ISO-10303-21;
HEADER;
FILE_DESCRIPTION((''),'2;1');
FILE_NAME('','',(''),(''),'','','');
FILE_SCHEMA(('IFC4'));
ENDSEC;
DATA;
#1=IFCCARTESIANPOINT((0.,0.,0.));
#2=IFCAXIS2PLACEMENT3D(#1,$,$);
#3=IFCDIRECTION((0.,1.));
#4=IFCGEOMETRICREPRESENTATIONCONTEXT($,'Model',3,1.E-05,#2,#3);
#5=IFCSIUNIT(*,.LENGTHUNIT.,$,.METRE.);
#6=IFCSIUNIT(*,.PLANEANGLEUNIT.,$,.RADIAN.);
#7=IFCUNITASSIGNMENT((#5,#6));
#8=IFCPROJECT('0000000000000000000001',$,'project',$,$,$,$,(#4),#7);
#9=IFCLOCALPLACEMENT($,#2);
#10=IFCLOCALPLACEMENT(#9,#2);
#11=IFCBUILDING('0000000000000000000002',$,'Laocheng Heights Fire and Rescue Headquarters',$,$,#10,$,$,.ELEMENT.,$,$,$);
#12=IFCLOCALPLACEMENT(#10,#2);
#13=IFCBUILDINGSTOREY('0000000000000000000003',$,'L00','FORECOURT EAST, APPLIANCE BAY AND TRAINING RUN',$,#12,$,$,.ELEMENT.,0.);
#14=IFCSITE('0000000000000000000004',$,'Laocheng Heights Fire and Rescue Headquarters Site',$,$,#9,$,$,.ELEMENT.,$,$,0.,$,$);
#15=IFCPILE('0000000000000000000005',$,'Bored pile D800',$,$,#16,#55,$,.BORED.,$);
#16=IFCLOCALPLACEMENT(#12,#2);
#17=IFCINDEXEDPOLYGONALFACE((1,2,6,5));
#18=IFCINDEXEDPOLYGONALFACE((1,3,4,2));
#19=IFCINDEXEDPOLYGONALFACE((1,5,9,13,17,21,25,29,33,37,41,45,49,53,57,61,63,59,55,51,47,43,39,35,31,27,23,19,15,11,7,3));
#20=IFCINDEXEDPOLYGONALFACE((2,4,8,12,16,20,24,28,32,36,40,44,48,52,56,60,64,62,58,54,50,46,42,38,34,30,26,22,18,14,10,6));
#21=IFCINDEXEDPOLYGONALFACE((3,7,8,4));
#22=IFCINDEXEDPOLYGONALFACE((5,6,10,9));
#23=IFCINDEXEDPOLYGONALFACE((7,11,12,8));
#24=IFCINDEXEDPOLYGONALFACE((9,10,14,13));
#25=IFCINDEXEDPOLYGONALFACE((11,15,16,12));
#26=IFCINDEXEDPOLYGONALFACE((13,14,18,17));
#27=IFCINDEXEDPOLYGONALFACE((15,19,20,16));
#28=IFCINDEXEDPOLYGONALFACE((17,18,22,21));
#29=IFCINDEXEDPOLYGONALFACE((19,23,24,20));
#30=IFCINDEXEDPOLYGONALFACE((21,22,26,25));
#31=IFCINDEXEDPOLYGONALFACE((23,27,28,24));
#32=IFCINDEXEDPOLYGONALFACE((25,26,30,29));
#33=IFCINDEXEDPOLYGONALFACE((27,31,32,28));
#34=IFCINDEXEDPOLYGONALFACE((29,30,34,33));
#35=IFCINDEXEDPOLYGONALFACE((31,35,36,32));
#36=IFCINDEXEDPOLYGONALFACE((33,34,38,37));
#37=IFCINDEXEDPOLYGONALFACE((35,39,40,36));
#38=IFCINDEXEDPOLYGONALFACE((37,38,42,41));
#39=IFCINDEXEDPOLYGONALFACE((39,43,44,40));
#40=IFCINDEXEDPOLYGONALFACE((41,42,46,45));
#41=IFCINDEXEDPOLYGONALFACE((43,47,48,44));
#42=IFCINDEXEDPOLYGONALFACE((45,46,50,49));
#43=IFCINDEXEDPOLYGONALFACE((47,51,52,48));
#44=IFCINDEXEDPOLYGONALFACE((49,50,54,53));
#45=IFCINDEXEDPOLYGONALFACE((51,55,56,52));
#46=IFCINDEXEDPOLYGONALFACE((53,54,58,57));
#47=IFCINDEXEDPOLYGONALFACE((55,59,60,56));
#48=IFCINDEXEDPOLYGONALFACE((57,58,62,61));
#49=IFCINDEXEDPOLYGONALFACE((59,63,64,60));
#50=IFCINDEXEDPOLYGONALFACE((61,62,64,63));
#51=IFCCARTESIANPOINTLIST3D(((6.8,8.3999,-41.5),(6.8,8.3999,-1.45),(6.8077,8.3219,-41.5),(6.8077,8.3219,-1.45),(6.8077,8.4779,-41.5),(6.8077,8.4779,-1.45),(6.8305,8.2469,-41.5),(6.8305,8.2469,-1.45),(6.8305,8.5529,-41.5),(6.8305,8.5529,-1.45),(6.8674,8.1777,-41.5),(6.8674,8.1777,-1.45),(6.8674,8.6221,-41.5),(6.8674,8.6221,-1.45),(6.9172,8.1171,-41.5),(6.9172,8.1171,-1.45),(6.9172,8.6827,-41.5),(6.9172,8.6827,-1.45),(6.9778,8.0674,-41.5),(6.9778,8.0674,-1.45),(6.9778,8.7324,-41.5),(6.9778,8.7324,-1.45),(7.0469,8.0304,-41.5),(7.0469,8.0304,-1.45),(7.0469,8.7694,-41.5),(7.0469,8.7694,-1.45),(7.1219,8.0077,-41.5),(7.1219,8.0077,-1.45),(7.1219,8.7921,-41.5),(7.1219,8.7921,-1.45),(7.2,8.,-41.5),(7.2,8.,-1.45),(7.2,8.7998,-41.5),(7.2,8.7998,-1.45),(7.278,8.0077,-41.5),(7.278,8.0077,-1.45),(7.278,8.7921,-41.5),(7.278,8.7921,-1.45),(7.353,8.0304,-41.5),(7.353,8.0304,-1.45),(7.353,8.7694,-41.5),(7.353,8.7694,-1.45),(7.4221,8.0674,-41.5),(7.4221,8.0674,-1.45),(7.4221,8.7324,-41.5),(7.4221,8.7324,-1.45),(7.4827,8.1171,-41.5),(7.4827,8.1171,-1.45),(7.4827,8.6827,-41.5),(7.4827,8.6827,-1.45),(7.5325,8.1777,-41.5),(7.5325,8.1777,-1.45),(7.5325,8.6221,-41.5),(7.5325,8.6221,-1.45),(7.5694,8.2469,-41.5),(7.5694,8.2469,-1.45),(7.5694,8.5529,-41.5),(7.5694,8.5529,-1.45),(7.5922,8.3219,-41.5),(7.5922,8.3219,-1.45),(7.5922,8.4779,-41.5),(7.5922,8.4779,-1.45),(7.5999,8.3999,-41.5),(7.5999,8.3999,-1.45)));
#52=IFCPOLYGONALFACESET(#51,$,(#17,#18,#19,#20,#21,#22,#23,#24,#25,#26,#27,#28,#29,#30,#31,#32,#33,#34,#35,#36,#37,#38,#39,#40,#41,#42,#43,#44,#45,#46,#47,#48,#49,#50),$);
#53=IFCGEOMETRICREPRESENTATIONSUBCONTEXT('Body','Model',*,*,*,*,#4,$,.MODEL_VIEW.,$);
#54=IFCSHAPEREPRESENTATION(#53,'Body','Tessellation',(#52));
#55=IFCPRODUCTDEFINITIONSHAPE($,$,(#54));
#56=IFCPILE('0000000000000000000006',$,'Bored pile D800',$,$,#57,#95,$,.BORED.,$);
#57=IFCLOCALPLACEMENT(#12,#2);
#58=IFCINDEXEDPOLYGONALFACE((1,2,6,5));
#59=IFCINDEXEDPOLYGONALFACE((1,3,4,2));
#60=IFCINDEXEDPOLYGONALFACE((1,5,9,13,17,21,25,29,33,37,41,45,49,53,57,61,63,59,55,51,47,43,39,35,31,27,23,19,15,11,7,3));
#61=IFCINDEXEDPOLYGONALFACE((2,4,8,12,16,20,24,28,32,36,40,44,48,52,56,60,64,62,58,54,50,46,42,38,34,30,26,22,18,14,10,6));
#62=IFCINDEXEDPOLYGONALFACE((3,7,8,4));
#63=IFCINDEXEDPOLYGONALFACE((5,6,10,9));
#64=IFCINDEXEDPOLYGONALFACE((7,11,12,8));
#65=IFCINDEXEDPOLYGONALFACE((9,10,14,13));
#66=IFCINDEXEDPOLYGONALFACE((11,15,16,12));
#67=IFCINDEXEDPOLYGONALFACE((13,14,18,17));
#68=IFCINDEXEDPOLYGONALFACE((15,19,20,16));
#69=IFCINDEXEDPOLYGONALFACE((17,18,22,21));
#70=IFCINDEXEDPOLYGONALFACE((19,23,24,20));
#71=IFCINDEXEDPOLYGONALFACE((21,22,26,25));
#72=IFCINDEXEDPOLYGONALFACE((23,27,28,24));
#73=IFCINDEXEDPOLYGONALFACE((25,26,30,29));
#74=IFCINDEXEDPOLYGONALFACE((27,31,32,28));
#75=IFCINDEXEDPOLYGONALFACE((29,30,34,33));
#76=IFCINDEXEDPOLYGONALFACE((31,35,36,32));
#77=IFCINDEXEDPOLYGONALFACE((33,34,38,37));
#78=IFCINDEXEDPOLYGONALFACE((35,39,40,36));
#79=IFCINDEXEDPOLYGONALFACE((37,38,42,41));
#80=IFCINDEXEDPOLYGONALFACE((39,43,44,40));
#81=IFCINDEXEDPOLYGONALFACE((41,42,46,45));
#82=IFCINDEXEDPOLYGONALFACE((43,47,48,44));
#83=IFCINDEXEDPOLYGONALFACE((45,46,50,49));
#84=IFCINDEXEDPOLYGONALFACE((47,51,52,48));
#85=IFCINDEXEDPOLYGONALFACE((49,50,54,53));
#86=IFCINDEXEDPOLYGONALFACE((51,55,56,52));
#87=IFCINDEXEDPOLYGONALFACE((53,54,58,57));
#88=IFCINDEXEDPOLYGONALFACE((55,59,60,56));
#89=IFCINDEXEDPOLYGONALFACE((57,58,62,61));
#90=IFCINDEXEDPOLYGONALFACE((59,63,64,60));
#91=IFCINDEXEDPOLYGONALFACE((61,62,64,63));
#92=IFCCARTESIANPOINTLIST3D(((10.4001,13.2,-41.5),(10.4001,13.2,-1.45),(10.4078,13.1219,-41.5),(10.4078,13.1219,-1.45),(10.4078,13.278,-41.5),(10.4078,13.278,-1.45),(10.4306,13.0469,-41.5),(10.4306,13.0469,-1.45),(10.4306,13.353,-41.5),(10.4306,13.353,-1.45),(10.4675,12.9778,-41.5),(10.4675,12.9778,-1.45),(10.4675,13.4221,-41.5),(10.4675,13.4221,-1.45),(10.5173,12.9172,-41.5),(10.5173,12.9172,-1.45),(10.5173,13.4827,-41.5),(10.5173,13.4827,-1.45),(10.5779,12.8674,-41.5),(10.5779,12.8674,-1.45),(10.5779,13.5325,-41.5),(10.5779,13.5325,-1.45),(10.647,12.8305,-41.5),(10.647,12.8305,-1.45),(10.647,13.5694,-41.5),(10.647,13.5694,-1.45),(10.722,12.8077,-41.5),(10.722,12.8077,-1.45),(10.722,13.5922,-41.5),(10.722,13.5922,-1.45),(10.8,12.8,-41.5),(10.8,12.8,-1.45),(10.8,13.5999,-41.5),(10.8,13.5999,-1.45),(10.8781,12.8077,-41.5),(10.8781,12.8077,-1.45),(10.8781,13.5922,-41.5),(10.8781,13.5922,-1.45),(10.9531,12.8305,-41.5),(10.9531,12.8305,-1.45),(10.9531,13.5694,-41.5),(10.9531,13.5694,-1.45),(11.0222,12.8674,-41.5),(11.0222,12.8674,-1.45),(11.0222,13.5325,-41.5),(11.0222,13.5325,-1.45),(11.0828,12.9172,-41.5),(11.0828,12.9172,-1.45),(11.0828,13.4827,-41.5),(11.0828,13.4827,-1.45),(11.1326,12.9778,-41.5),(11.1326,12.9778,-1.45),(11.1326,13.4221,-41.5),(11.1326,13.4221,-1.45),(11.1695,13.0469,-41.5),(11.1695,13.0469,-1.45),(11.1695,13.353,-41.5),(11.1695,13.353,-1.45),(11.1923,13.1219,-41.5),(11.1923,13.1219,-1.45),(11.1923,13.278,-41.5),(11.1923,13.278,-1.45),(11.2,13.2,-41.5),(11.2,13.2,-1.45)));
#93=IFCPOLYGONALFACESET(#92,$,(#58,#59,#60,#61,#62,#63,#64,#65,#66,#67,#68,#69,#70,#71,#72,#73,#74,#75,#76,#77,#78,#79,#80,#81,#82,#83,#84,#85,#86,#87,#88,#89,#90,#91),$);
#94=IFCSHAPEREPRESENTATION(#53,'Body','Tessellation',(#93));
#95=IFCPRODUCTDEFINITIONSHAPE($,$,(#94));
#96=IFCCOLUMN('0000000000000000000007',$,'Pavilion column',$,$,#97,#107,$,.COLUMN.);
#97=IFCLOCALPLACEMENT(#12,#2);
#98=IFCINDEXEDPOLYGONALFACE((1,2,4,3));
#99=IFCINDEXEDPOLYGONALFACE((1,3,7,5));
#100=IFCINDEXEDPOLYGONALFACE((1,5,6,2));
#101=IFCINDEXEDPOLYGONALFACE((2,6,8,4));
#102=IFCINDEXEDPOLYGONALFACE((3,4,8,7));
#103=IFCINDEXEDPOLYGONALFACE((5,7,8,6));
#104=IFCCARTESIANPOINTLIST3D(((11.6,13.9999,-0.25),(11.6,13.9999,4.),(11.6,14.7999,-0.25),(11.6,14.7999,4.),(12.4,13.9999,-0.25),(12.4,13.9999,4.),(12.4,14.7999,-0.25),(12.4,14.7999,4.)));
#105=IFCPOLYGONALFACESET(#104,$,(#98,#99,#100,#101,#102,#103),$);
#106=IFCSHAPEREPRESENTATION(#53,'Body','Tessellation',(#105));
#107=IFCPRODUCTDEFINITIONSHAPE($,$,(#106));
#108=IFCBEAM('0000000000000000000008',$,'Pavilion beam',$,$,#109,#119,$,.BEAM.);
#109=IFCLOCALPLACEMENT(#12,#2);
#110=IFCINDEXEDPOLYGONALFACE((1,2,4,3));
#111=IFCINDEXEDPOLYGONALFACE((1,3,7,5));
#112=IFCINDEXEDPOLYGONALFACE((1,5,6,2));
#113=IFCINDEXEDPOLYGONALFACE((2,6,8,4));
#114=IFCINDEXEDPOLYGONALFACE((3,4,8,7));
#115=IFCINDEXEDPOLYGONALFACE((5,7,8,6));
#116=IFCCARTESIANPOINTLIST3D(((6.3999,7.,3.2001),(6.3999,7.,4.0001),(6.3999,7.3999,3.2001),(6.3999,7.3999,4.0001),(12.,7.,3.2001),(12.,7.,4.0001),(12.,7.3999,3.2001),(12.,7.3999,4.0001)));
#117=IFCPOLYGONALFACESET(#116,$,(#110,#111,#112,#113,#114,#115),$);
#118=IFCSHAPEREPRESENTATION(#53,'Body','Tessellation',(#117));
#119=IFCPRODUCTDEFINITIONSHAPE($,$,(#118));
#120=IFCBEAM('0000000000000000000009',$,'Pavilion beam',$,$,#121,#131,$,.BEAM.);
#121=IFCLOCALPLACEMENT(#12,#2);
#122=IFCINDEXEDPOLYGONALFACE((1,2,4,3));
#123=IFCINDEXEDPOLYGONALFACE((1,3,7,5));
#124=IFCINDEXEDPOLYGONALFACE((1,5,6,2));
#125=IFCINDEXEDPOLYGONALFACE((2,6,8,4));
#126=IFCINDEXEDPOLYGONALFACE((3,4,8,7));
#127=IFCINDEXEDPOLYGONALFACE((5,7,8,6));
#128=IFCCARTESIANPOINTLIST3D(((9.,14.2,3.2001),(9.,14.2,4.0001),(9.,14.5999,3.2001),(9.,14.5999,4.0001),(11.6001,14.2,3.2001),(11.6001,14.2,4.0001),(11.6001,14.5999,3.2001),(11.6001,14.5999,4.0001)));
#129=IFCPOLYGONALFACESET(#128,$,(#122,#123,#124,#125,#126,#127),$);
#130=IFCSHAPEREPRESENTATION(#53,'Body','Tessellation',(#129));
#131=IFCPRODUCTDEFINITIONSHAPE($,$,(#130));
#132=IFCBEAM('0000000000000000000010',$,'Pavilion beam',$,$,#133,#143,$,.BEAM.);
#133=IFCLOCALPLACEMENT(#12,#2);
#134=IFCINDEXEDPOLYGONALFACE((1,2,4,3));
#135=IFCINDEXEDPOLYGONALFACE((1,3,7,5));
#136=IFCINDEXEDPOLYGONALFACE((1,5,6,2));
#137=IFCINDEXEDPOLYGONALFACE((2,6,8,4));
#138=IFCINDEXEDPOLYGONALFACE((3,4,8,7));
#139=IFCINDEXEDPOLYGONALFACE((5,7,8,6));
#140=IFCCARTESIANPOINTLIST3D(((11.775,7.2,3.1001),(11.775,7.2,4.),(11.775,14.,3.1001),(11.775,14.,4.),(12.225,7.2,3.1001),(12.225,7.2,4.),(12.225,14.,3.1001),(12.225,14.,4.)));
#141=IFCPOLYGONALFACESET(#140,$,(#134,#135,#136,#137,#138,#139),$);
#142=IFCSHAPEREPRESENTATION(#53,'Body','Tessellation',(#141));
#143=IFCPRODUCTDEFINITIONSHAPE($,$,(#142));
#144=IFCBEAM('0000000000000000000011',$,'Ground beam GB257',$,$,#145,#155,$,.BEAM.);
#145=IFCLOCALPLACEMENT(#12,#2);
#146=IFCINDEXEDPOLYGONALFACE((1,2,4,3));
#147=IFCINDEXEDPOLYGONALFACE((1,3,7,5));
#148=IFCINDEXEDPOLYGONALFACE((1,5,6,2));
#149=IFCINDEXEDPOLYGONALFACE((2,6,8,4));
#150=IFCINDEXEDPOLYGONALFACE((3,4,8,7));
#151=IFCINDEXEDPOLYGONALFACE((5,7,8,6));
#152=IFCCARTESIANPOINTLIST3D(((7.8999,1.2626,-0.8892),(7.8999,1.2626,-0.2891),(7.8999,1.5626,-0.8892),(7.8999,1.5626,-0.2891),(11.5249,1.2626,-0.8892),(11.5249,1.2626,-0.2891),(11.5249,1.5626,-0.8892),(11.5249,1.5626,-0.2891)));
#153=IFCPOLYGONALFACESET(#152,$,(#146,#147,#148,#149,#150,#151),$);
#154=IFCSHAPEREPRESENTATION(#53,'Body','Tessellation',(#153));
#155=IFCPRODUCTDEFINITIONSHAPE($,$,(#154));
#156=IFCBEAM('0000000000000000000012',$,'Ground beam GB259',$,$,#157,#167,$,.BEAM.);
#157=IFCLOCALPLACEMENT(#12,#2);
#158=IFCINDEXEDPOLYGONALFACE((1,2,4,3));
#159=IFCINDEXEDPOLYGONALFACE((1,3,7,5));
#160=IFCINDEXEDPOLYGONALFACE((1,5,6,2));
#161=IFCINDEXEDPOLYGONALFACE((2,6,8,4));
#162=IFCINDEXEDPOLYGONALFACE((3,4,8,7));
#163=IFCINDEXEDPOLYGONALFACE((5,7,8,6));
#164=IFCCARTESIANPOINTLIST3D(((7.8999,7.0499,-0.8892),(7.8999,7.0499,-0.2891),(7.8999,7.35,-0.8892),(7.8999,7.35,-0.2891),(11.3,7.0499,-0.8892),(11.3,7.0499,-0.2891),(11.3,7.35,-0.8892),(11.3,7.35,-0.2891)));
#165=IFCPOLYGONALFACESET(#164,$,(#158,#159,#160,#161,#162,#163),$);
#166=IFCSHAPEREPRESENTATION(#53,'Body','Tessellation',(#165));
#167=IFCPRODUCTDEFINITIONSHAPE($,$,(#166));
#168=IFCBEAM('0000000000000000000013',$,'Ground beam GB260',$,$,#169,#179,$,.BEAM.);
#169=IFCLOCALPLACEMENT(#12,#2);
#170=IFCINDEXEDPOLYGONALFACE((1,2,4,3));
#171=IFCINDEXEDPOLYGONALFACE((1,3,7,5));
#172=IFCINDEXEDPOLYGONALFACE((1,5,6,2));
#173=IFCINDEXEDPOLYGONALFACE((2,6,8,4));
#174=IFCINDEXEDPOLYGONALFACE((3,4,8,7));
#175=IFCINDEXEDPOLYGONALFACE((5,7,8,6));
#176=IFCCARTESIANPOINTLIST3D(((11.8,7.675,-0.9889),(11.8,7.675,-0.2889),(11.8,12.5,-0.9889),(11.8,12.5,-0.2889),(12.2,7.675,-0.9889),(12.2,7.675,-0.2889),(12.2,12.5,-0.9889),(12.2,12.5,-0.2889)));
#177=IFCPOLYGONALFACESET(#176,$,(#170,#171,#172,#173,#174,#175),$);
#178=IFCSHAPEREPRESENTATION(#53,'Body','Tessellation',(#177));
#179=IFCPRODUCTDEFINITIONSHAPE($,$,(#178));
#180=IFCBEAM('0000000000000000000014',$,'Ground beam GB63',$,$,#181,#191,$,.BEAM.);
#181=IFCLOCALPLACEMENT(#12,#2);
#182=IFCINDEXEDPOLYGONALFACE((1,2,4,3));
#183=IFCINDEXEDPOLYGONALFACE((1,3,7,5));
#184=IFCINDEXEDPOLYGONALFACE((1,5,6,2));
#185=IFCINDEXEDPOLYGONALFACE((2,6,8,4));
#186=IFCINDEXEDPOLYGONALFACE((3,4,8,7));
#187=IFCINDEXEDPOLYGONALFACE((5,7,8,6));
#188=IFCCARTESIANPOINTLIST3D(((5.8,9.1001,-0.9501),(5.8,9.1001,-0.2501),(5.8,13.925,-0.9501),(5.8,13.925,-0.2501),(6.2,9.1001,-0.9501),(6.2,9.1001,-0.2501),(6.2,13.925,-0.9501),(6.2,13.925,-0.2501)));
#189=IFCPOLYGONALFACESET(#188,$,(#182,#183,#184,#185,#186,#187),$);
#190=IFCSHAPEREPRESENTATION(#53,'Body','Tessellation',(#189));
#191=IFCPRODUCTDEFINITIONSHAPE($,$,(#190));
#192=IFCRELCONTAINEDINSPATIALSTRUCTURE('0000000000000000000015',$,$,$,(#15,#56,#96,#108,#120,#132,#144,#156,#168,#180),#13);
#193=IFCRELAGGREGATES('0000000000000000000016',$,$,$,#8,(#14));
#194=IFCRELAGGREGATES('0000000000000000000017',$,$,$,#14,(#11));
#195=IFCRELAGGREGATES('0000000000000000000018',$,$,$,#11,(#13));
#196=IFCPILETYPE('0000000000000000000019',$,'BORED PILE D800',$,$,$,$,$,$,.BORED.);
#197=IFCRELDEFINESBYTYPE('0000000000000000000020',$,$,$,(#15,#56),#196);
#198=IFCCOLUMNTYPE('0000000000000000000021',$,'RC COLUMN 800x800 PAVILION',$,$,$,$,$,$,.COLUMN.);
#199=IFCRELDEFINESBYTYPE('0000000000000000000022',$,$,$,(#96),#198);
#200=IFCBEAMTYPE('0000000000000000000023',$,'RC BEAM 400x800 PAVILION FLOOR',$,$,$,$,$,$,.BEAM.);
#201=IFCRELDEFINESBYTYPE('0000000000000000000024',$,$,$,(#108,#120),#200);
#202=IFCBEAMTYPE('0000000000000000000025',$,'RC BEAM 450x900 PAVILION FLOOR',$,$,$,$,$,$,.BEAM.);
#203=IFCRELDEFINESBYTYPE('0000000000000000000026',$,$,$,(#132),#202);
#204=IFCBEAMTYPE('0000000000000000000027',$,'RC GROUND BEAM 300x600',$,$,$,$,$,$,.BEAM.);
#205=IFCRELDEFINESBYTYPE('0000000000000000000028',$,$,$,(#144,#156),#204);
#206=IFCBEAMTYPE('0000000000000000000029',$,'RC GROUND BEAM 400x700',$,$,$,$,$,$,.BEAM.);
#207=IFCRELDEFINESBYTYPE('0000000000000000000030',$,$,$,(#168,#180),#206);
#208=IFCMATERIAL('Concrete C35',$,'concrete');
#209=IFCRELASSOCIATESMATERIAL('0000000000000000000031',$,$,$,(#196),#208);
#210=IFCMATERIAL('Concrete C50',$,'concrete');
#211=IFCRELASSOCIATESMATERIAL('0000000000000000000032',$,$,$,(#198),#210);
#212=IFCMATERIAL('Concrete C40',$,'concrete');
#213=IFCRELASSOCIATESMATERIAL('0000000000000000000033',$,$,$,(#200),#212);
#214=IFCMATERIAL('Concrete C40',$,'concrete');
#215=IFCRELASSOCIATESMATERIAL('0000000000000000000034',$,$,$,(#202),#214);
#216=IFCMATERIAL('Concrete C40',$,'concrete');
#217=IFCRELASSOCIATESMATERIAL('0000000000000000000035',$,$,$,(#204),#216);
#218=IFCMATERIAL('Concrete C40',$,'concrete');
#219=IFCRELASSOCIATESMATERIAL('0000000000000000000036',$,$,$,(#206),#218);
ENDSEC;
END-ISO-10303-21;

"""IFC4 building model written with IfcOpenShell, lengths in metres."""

from ifc_helpers import new_model, si_unit, direction, frame, origin, origin_2d, place, context, subcontext, project, spatial, rectangle, circle, extrude, material, material_profile, profile_set, type_object, element, save


model = new_model("IFC4")

# Units and contexts
model_context = context("Model", 3, precision=1e-05, world=origin(), true_north=direction((0.0, 1.0)))
body_context = subcontext(model_context, "Body", "Model", "MODEL_VIEW")
ifc_project = project(units=[si_unit("LENGTHUNIT", "METRE"), si_unit("PLANEANGLEUNIT", "RADIAN")], contexts=[model_context])

# Site, building, storey
site_placement = place(None, origin())
site = spatial("IfcSite", under=ifc_project, at=site_placement, Name="Laocheng Heights Fire and Rescue Headquarters Site", CompositionType="ELEMENT", RefElevation=0.0)
building_placement = place(site_placement, origin())
building = spatial("IfcBuilding", under=site, at=building_placement, Name="Laocheng Heights Fire and Rescue Headquarters", CompositionType="ELEMENT")
storey_placement = place(building_placement, origin())
storey = spatial("IfcBuildingStorey", under=building, at=storey_placement, Name="L00", Description="FORECOURT EAST, APPLIANCE BAY AND TRAINING RUN", CompositionType="ELEMENT", Elevation=0.0)

# Piles
ifc_material_1 = material(Name="Concrete C35", Category="concrete")
ifc_material_profile_1 = material_profile(ifc_material_1, circle(Radius=0.3999, at=origin_2d()), Name="BORED PILE D800")
ifc_profile_set_1 = profile_set([ifc_material_profile_1], Name="Concrete C35")
pile_type = type_object("IfcPileType", Name="BORED PILE D800", PredefinedType="BORED", material=ifc_profile_set_1)
for number, where, z_axis, x_axis, name in (
    (1, (7.2, 8.3999, -1.45), (0.0, 0.0, -1.0), (1.0, 0.0, 0.0), "Bored pile D800"),
    (2, (10.8, 13.2, -1.45), (0.0, 0.0, -1.0), (1.0, 0.0, 0.0), "Bored pile D800"),
):
    element("IfcPile", number, at=place(storey_placement, frame(where, z_axis=z_axis, x_axis=x_axis)), inside=storey, type_object=pile_type, Name=name, PredefinedType="BORED", context=body_context, shape_type="SweptSolid", body=[
        extrude(circle(Radius=0.3999, at=origin_2d()), origin(), (0.0, 0.0, 1.0), 40.05),
    ])

# Column
ifc_material_2 = material(Name="Concrete C50", Category="concrete")
ifc_material_profile_2 = material_profile(ifc_material_2, rectangle(XDim=0.8, YDim=0.8, at=origin_2d()), Name="RC COLUMN 800x800 PAVILION")
ifc_profile_set_2 = profile_set([ifc_material_profile_2], Name="Concrete C50")
column_type = type_object("IfcColumnType", Name="RC COLUMN 800x800 PAVILION", PredefinedType="COLUMN", material=ifc_profile_set_2)
column_placement = place(storey_placement, frame((12.0, 14.3999, -0.25), z_axis=(0.0, 0.0, 1.0), x_axis=(1.0, 0.0, 0.0)))
element("IfcColumn", 3, at=column_placement, inside=storey, type_object=column_type, Name="Pavilion column", PredefinedType="COLUMN", context=body_context, shape_type="SweptSolid", body=[
    extrude(rectangle(XDim=0.8, YDim=0.8, at=origin_2d()), origin(), (0.0, 0.0, 1.0), 4.25),
])

# Beams
ifc_material_3 = material(Name="Concrete C40", Category="concrete")
ifc_material_profile_3 = material_profile(ifc_material_3, rectangle(XDim=0.3999, YDim=0.8, at=origin_2d()), Name="RC BEAM 400x800 PAVILION FLOOR")
ifc_profile_set_3 = profile_set([ifc_material_profile_3], Name="Concrete C40")
beam_type_1 = type_object("IfcBeamType", Name="RC BEAM 400x800 PAVILION FLOOR", PredefinedType="BEAM", material=ifc_profile_set_3)
beam_1_placement = place(storey_placement, frame((6.3999, 7.2, 3.6001), z_axis=(1.0, 0.0, 0.0), x_axis=(0.0, 1.0, 0.0)))
element("IfcBeam", 4, at=beam_1_placement, inside=storey, type_object=beam_type_1, Name="Pavilion beam", PredefinedType="BEAM", context=body_context, shape_type="SweptSolid", body=[
    extrude(rectangle(XDim=0.3999, YDim=0.8, at=origin_2d()), origin(), (0.0, 0.0, 1.0), 5.6001),
])
beam_2_placement = place(storey_placement, frame((9.0, 14.3999, 3.6001), z_axis=(1.0, 0.0, 0.0), x_axis=(0.0, 1.0, 0.0)))
element("IfcBeam", 5, at=beam_2_placement, inside=storey, type_object=beam_type_1, Name="Pavilion beam", PredefinedType="BEAM", context=body_context, shape_type="SweptSolid", body=[
    extrude(rectangle(XDim=0.3999, YDim=0.8, at=origin_2d()), origin(), (0.0, 0.0, 1.0), 2.6001),
])
ifc_material_4 = material(Name="Concrete C40", Category="concrete")
ifc_material_profile_4 = material_profile(ifc_material_4, rectangle(XDim=0.45, YDim=0.8999, at=origin_2d()), Name="RC BEAM 450x900 PAVILION FLOOR")
ifc_profile_set_4 = profile_set([ifc_material_profile_4], Name="Concrete C40")
beam_type_2 = type_object("IfcBeamType", Name="RC BEAM 450x900 PAVILION FLOOR", PredefinedType="BEAM", material=ifc_profile_set_4)
beam_3_placement = place(storey_placement, frame((12.0, 7.2, 3.55), z_axis=(0.0, 1.0, 0.0), x_axis=(-1.0, 0.0, 0.0)))
element("IfcBeam", 6, at=beam_3_placement, inside=storey, type_object=beam_type_2, Name="Pavilion beam", PredefinedType="BEAM", context=body_context, shape_type="SweptSolid", body=[
    extrude(rectangle(XDim=0.45, YDim=0.8999, at=origin_2d()), origin(), (0.0, 0.0, 1.0), 6.8),
])
ifc_material_5 = material(Name="Concrete C40", Category="concrete")
ifc_material_profile_5 = material_profile(ifc_material_5, rectangle(XDim=0.3, YDim=0.6001, at=origin_2d()), Name="RC GROUND BEAM 300x600")
ifc_profile_set_5 = profile_set([ifc_material_profile_5], Name="Concrete C40")
beam_type_3 = type_object("IfcBeamType", Name="RC GROUND BEAM 300x600", PredefinedType="BEAM", material=ifc_profile_set_5)
beam_4_placement = place(storey_placement, frame((7.8999, 1.4126, -0.5891), z_axis=(1.0, 0.0, 0.0), x_axis=(0.0, 1.0, 0.0)))
element("IfcBeam", 7, at=beam_4_placement, inside=storey, type_object=beam_type_3, Name="Ground beam GB257", PredefinedType="BEAM", context=body_context, shape_type="SweptSolid", body=[
    extrude(rectangle(XDim=0.3, YDim=0.6001, at=origin_2d()), origin(), (0.0, 0.0, 1.0), 3.625),
])
beam_5_placement = place(storey_placement, frame((7.8999, 7.2, -0.5891), z_axis=(1.0, 0.0, 0.0), x_axis=(0.0, 1.0, 0.0)))
element("IfcBeam", 8, at=beam_5_placement, inside=storey, type_object=beam_type_3, Name="Ground beam GB259", PredefinedType="BEAM", context=body_context, shape_type="SweptSolid", body=[
    extrude(rectangle(XDim=0.3, YDim=0.6001, at=origin_2d()), origin(), (0.0, 0.0, 1.0), 3.4001),
])
ifc_material_6 = material(Name="Concrete C40", Category="concrete")
ifc_material_profile_6 = material_profile(ifc_material_6, rectangle(XDim=0.3999, YDim=0.7, at=origin_2d()), Name="RC GROUND BEAM 400x700")
ifc_profile_set_6 = profile_set([ifc_material_profile_6], Name="Concrete C40")
beam_type_4 = type_object("IfcBeamType", Name="RC GROUND BEAM 400x700", PredefinedType="BEAM", material=ifc_profile_set_6)
for number, where, z_axis, x_axis, name in (
    (9, (12.0, 7.675, -0.6389), (0.0, 1.0, 0.0), (-1.0, 0.0, 0.0), "Ground beam GB260"),
    (10, (6.0, 9.1001, -0.6001), (0.0, 1.0, 0.0), (-1.0, 0.0, 0.0), "Ground beam GB63"),
):
    element("IfcBeam", number, at=place(storey_placement, frame(where, z_axis=z_axis, x_axis=x_axis)), inside=storey, type_object=beam_type_4, Name=name, PredefinedType="BEAM", context=body_context, shape_type="SweptSolid", body=[
        extrude(rectangle(XDim=0.3999, YDim=0.7, at=origin_2d()), origin(), (0.0, 0.0, 1.0), 4.825),
    ])

save(model, "model.ifc")
